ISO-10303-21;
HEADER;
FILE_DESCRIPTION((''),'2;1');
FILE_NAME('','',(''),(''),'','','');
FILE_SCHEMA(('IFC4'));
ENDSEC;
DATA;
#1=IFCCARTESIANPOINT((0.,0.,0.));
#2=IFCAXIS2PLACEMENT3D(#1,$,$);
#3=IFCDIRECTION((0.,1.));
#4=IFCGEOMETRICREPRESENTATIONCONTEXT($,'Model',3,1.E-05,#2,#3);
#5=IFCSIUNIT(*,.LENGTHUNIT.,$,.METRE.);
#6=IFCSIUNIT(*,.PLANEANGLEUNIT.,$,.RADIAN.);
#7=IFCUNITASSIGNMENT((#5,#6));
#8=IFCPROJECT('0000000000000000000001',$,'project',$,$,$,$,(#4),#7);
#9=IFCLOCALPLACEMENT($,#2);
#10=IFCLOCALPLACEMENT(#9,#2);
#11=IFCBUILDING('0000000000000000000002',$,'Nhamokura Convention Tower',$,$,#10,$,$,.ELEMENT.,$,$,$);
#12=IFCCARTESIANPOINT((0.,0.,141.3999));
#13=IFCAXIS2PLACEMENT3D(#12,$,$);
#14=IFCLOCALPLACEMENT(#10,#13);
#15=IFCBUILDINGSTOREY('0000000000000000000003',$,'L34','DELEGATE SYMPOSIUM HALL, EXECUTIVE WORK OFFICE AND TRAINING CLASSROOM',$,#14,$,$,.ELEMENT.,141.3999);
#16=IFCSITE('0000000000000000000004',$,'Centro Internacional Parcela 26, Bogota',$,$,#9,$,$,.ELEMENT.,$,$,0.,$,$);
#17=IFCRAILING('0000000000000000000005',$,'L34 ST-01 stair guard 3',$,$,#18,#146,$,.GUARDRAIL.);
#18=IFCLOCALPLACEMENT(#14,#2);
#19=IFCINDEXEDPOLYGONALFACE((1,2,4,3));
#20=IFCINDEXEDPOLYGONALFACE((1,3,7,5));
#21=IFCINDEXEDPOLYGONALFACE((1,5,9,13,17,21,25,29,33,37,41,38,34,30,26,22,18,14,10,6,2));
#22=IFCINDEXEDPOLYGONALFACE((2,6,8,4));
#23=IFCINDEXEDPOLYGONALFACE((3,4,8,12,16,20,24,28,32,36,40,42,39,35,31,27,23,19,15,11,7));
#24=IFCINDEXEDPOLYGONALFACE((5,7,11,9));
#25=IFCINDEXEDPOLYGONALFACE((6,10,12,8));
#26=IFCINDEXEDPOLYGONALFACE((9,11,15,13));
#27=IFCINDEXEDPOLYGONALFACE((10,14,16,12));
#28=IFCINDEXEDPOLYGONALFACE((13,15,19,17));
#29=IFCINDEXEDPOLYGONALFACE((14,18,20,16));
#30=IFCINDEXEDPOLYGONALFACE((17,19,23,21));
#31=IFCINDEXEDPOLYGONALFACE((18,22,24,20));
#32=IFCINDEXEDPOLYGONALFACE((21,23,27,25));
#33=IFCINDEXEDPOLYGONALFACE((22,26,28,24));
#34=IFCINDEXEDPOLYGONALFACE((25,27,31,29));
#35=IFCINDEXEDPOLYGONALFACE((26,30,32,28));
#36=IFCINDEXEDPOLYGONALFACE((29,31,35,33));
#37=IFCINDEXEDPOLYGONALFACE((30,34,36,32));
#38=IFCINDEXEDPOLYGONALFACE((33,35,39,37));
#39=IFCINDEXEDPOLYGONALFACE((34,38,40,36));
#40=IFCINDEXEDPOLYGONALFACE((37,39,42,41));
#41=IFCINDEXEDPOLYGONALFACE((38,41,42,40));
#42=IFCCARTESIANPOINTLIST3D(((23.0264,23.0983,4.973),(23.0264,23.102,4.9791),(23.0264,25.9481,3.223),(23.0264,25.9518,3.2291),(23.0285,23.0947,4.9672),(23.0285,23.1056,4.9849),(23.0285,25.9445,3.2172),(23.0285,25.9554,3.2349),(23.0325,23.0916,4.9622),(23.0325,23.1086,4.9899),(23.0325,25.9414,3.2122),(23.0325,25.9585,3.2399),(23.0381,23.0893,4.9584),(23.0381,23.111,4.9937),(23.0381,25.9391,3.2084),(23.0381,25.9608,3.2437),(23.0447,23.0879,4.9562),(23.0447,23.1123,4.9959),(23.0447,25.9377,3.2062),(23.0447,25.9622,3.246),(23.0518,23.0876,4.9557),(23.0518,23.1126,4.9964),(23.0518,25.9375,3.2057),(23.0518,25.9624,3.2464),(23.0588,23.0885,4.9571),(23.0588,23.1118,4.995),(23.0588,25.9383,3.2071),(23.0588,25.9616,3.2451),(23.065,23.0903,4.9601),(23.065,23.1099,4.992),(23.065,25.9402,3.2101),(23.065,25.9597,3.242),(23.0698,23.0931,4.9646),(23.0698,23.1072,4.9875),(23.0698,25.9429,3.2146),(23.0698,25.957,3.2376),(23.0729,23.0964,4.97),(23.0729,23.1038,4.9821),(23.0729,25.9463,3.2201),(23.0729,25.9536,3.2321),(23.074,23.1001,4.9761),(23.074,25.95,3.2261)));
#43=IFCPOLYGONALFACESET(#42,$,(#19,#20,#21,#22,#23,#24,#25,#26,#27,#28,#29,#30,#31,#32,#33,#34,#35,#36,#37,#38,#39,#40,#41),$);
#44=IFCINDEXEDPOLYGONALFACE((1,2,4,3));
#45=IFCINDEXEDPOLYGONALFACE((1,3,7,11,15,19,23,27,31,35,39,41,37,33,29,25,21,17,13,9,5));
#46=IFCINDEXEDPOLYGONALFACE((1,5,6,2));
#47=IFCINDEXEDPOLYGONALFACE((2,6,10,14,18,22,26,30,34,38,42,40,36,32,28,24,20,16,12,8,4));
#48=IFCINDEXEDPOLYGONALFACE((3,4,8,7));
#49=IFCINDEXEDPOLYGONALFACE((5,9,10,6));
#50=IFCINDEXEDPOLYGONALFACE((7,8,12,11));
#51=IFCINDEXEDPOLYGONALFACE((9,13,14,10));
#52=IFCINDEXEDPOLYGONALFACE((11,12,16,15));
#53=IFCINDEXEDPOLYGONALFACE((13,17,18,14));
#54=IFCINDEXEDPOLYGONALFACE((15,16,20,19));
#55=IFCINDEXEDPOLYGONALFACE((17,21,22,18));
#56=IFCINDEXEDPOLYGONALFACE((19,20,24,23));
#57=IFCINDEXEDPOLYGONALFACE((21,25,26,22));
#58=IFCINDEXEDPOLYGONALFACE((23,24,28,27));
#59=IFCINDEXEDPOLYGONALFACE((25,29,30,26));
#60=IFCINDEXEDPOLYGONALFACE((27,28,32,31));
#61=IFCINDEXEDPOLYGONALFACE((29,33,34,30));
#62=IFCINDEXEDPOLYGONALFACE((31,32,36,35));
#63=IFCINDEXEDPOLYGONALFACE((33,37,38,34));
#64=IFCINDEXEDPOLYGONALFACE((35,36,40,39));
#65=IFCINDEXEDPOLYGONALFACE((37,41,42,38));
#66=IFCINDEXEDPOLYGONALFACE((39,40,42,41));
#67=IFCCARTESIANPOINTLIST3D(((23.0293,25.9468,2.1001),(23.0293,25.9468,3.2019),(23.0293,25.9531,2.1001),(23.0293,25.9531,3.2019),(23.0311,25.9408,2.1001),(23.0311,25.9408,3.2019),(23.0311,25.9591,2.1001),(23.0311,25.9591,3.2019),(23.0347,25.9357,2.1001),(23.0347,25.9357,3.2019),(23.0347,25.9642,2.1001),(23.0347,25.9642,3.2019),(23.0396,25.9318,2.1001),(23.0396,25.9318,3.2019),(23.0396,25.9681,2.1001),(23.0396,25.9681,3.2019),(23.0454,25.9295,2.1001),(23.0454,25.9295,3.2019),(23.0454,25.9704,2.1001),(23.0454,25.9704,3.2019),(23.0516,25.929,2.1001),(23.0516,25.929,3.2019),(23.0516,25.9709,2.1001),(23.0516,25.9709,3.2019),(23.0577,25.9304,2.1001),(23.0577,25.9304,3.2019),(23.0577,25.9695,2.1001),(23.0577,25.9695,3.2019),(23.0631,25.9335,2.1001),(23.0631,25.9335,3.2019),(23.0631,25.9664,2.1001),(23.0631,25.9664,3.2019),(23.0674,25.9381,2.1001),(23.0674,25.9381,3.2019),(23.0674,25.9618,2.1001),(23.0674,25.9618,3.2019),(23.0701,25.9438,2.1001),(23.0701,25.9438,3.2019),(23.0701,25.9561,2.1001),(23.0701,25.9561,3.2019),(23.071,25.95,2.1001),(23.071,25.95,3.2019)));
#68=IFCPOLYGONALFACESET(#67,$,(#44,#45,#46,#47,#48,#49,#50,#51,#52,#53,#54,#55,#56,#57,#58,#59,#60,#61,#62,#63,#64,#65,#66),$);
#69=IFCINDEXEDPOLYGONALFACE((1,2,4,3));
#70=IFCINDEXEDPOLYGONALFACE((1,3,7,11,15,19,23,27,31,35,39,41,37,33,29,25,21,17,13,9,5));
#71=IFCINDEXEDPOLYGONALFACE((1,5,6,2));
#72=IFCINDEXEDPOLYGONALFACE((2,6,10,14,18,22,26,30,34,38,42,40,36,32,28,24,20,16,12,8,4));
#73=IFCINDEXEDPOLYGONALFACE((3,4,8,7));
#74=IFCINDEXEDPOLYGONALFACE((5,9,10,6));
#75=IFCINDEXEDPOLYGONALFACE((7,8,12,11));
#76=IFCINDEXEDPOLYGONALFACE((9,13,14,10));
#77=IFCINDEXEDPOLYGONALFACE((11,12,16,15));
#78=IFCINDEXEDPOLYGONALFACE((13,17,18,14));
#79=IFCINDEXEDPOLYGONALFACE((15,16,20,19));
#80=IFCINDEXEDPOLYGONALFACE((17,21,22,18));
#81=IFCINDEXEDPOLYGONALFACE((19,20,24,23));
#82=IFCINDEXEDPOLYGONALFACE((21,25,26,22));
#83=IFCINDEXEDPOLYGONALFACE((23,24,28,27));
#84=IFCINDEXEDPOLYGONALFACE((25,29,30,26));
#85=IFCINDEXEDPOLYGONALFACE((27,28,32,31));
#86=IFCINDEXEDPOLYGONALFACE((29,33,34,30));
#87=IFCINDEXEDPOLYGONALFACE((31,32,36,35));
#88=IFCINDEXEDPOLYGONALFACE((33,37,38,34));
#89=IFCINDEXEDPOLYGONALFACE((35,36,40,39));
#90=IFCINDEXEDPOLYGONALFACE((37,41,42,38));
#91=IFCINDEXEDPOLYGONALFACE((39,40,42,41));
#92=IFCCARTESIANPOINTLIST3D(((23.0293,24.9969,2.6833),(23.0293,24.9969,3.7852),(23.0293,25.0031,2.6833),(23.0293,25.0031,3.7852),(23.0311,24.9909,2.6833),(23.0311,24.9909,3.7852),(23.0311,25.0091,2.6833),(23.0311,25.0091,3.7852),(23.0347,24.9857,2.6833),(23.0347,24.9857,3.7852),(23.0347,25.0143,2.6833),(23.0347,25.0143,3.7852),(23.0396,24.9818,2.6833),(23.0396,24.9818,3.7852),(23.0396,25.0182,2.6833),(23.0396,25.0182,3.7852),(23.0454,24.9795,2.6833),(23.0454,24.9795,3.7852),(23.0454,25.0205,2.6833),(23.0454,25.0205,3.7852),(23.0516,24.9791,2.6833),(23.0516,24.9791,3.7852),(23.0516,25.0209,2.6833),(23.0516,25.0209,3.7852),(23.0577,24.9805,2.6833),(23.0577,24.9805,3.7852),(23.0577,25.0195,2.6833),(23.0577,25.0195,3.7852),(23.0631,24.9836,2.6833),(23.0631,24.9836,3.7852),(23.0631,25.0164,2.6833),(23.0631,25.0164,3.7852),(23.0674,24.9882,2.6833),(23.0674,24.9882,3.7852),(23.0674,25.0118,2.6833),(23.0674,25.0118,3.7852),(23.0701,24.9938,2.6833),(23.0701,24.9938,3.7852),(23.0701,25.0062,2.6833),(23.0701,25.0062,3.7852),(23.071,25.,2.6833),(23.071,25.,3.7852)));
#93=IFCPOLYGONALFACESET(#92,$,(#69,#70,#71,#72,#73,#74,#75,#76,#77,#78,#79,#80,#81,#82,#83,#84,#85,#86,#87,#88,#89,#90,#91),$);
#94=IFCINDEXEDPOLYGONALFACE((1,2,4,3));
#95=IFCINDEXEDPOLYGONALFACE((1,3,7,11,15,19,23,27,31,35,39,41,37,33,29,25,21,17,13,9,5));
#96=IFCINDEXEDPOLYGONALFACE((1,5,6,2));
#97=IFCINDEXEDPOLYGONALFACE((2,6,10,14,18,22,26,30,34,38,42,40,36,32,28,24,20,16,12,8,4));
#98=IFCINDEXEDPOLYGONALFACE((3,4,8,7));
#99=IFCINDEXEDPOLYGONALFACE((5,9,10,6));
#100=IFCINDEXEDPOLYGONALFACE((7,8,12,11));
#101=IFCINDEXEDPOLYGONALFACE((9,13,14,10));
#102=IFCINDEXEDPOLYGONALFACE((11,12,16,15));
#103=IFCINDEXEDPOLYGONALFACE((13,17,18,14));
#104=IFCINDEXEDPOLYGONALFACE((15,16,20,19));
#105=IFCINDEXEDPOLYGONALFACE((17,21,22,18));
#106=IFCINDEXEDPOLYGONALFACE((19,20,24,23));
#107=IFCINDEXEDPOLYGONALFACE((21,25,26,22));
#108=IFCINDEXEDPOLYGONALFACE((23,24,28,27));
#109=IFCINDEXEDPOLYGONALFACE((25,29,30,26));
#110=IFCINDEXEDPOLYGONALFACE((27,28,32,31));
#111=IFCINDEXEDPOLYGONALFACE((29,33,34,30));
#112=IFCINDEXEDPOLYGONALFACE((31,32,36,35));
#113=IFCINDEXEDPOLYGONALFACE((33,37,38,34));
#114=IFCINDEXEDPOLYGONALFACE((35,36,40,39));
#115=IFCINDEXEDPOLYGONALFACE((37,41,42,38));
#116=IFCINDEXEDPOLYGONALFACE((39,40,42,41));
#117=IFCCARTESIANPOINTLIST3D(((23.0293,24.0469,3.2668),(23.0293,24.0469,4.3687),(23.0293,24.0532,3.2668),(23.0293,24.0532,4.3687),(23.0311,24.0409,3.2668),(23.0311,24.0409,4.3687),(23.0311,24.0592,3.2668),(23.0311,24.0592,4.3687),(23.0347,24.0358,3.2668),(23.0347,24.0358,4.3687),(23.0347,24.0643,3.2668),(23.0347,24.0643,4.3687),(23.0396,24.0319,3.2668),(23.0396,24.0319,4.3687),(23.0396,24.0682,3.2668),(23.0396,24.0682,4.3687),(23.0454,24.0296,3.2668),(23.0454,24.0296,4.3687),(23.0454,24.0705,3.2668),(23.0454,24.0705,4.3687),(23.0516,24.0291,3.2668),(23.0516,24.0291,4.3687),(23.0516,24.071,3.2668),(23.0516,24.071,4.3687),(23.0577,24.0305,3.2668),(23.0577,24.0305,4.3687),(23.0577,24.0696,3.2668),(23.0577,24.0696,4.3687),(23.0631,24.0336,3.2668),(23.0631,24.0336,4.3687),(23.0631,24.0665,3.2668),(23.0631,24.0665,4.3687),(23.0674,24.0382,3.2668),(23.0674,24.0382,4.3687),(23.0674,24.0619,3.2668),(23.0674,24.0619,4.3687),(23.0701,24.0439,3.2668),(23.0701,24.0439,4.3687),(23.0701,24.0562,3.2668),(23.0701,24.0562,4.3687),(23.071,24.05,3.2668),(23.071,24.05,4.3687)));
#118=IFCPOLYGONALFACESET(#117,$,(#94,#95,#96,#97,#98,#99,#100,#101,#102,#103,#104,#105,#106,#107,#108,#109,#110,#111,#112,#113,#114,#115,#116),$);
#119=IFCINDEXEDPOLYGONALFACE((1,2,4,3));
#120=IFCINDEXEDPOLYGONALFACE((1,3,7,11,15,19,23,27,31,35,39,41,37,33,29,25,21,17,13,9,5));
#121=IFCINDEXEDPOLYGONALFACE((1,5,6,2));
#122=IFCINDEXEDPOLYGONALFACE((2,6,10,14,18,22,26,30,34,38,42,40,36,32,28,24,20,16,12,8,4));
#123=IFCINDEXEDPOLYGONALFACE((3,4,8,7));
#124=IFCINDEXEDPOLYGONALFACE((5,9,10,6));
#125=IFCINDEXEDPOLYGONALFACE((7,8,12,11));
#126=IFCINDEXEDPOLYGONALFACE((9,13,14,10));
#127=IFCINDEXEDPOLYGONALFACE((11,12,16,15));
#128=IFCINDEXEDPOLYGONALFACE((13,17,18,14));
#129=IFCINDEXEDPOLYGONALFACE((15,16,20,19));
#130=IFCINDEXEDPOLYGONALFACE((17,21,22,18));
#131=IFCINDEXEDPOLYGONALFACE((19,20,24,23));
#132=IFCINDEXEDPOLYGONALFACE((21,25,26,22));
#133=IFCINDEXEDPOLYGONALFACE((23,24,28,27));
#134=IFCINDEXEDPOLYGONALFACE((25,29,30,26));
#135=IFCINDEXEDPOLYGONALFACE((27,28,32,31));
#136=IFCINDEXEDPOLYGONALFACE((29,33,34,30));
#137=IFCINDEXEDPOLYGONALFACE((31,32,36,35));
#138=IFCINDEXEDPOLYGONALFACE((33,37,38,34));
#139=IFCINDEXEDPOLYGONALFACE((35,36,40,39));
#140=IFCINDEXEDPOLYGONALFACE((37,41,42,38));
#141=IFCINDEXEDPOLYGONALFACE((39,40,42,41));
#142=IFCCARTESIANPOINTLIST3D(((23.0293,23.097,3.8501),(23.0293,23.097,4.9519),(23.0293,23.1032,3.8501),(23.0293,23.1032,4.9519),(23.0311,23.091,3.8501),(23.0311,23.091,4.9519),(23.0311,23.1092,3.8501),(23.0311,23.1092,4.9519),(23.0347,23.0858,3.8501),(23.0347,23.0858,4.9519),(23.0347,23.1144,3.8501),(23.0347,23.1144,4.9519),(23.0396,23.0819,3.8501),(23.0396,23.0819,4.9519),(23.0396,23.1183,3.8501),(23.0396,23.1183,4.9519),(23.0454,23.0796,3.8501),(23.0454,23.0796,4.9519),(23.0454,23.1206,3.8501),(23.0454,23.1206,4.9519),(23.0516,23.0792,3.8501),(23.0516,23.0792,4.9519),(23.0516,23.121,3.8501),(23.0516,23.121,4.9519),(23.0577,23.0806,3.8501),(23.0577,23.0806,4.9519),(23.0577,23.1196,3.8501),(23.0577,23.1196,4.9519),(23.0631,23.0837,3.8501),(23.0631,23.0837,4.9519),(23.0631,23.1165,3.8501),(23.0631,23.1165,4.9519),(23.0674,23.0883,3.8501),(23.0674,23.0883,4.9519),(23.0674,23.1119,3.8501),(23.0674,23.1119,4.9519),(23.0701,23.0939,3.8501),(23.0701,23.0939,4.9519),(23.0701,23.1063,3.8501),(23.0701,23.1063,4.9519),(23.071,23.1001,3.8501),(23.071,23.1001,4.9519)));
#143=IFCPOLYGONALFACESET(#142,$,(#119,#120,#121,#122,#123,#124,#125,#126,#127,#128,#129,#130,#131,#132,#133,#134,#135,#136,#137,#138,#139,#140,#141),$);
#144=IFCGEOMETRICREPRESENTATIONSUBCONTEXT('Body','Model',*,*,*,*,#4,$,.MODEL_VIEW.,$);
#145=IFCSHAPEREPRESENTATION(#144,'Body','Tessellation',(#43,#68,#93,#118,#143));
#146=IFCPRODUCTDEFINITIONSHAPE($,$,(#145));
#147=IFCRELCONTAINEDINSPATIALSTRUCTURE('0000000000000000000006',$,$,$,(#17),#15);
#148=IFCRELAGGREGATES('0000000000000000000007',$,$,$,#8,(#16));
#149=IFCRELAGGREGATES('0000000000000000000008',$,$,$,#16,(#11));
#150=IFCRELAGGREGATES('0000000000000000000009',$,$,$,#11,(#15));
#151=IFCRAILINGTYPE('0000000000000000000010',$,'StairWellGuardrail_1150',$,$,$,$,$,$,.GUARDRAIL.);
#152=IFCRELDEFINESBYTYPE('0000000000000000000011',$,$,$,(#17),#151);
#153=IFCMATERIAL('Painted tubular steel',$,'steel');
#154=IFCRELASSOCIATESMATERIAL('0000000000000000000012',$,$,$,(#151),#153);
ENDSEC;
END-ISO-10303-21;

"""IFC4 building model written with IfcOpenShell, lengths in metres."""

from ifc_helpers import new_model, si_unit, direction, frame, origin, origin_2d, place, context, subcontext, project, spatial, circle, extrude, material, type_object, element, save


model = new_model("IFC4")

# Units and contexts
model_context = context("Model", 3, precision=1e-05, world=origin(), true_north=direction((0.0, 1.0)))
body_context = subcontext(model_context, "Body", "Model", "MODEL_VIEW")
ifc_project = project(units=[si_unit("LENGTHUNIT", "METRE"), si_unit("PLANEANGLEUNIT", "RADIAN")], contexts=[model_context])

# Site, building, storey
site_placement = place(None, origin())
site = spatial("IfcSite", under=ifc_project, at=site_placement, Name="Centro Internacional Parcela 26, Bogota", CompositionType="ELEMENT", RefElevation=0.0)
building_placement = place(site_placement, origin())
building = spatial("IfcBuilding", under=site, at=building_placement, Name="Nhamokura Convention Tower", CompositionType="ELEMENT")
storey_placement = place(building_placement, frame((0.0, 0.0, 141.3999)))
storey = spatial("IfcBuildingStorey", under=building, at=storey_placement, Name="L34", Description="DELEGATE SYMPOSIUM HALL, EXECUTIVE WORK OFFICE AND TRAINING CLASSROOM", CompositionType="ELEMENT", Elevation=141.3999)

# Railing
ifc_material_1 = material(Name="Painted tubular steel", Category="steel")
railing_type_1 = type_object("IfcRailingType", Name="StairWellGuardrail_1150", PredefinedType="GUARDRAIL", material=ifc_material_1)
railing_1_placement = place(storey_placement, frame((23.05, 25.95, 2.1001)))
element("IfcRailing", 1, at=railing_1_placement, inside=storey, type_object=railing_type_1, Name="L34 ST-01 stair guard 3", PredefinedType="GUARDRAIL", context=body_context, shape_type="SweptSolid", body=[
    extrude(circle(Radius=0.0239, at=origin_2d()), frame((0.0, 0.0, 1.126), z_axis=(0.0, -0.852159, 0.523283), x_axis=(1.0, 0.0, 0.0)), (0.0, 0.0, 1.0), 3.3442),
    extrude(circle(Radius=0.021, at=origin_2d()), origin(), (0.0, 0.0, 1.0), 1.1018),
    extrude(circle(Radius=0.021, at=origin_2d()), frame((0.0, -0.95, 0.5833)), (0.0, 0.0, 1.0), 1.1018),
    extrude(circle(Radius=0.021, at=origin_2d()), frame((0.0, -1.8999, 1.1667)), (0.0, 0.0, 1.0), 1.1018),
    extrude(circle(Radius=0.021, at=origin_2d()), frame((0.0, -2.8499, 1.75)), (0.0, 0.0, 1.0), 1.1018),
])

save(model, "model.ifc")
